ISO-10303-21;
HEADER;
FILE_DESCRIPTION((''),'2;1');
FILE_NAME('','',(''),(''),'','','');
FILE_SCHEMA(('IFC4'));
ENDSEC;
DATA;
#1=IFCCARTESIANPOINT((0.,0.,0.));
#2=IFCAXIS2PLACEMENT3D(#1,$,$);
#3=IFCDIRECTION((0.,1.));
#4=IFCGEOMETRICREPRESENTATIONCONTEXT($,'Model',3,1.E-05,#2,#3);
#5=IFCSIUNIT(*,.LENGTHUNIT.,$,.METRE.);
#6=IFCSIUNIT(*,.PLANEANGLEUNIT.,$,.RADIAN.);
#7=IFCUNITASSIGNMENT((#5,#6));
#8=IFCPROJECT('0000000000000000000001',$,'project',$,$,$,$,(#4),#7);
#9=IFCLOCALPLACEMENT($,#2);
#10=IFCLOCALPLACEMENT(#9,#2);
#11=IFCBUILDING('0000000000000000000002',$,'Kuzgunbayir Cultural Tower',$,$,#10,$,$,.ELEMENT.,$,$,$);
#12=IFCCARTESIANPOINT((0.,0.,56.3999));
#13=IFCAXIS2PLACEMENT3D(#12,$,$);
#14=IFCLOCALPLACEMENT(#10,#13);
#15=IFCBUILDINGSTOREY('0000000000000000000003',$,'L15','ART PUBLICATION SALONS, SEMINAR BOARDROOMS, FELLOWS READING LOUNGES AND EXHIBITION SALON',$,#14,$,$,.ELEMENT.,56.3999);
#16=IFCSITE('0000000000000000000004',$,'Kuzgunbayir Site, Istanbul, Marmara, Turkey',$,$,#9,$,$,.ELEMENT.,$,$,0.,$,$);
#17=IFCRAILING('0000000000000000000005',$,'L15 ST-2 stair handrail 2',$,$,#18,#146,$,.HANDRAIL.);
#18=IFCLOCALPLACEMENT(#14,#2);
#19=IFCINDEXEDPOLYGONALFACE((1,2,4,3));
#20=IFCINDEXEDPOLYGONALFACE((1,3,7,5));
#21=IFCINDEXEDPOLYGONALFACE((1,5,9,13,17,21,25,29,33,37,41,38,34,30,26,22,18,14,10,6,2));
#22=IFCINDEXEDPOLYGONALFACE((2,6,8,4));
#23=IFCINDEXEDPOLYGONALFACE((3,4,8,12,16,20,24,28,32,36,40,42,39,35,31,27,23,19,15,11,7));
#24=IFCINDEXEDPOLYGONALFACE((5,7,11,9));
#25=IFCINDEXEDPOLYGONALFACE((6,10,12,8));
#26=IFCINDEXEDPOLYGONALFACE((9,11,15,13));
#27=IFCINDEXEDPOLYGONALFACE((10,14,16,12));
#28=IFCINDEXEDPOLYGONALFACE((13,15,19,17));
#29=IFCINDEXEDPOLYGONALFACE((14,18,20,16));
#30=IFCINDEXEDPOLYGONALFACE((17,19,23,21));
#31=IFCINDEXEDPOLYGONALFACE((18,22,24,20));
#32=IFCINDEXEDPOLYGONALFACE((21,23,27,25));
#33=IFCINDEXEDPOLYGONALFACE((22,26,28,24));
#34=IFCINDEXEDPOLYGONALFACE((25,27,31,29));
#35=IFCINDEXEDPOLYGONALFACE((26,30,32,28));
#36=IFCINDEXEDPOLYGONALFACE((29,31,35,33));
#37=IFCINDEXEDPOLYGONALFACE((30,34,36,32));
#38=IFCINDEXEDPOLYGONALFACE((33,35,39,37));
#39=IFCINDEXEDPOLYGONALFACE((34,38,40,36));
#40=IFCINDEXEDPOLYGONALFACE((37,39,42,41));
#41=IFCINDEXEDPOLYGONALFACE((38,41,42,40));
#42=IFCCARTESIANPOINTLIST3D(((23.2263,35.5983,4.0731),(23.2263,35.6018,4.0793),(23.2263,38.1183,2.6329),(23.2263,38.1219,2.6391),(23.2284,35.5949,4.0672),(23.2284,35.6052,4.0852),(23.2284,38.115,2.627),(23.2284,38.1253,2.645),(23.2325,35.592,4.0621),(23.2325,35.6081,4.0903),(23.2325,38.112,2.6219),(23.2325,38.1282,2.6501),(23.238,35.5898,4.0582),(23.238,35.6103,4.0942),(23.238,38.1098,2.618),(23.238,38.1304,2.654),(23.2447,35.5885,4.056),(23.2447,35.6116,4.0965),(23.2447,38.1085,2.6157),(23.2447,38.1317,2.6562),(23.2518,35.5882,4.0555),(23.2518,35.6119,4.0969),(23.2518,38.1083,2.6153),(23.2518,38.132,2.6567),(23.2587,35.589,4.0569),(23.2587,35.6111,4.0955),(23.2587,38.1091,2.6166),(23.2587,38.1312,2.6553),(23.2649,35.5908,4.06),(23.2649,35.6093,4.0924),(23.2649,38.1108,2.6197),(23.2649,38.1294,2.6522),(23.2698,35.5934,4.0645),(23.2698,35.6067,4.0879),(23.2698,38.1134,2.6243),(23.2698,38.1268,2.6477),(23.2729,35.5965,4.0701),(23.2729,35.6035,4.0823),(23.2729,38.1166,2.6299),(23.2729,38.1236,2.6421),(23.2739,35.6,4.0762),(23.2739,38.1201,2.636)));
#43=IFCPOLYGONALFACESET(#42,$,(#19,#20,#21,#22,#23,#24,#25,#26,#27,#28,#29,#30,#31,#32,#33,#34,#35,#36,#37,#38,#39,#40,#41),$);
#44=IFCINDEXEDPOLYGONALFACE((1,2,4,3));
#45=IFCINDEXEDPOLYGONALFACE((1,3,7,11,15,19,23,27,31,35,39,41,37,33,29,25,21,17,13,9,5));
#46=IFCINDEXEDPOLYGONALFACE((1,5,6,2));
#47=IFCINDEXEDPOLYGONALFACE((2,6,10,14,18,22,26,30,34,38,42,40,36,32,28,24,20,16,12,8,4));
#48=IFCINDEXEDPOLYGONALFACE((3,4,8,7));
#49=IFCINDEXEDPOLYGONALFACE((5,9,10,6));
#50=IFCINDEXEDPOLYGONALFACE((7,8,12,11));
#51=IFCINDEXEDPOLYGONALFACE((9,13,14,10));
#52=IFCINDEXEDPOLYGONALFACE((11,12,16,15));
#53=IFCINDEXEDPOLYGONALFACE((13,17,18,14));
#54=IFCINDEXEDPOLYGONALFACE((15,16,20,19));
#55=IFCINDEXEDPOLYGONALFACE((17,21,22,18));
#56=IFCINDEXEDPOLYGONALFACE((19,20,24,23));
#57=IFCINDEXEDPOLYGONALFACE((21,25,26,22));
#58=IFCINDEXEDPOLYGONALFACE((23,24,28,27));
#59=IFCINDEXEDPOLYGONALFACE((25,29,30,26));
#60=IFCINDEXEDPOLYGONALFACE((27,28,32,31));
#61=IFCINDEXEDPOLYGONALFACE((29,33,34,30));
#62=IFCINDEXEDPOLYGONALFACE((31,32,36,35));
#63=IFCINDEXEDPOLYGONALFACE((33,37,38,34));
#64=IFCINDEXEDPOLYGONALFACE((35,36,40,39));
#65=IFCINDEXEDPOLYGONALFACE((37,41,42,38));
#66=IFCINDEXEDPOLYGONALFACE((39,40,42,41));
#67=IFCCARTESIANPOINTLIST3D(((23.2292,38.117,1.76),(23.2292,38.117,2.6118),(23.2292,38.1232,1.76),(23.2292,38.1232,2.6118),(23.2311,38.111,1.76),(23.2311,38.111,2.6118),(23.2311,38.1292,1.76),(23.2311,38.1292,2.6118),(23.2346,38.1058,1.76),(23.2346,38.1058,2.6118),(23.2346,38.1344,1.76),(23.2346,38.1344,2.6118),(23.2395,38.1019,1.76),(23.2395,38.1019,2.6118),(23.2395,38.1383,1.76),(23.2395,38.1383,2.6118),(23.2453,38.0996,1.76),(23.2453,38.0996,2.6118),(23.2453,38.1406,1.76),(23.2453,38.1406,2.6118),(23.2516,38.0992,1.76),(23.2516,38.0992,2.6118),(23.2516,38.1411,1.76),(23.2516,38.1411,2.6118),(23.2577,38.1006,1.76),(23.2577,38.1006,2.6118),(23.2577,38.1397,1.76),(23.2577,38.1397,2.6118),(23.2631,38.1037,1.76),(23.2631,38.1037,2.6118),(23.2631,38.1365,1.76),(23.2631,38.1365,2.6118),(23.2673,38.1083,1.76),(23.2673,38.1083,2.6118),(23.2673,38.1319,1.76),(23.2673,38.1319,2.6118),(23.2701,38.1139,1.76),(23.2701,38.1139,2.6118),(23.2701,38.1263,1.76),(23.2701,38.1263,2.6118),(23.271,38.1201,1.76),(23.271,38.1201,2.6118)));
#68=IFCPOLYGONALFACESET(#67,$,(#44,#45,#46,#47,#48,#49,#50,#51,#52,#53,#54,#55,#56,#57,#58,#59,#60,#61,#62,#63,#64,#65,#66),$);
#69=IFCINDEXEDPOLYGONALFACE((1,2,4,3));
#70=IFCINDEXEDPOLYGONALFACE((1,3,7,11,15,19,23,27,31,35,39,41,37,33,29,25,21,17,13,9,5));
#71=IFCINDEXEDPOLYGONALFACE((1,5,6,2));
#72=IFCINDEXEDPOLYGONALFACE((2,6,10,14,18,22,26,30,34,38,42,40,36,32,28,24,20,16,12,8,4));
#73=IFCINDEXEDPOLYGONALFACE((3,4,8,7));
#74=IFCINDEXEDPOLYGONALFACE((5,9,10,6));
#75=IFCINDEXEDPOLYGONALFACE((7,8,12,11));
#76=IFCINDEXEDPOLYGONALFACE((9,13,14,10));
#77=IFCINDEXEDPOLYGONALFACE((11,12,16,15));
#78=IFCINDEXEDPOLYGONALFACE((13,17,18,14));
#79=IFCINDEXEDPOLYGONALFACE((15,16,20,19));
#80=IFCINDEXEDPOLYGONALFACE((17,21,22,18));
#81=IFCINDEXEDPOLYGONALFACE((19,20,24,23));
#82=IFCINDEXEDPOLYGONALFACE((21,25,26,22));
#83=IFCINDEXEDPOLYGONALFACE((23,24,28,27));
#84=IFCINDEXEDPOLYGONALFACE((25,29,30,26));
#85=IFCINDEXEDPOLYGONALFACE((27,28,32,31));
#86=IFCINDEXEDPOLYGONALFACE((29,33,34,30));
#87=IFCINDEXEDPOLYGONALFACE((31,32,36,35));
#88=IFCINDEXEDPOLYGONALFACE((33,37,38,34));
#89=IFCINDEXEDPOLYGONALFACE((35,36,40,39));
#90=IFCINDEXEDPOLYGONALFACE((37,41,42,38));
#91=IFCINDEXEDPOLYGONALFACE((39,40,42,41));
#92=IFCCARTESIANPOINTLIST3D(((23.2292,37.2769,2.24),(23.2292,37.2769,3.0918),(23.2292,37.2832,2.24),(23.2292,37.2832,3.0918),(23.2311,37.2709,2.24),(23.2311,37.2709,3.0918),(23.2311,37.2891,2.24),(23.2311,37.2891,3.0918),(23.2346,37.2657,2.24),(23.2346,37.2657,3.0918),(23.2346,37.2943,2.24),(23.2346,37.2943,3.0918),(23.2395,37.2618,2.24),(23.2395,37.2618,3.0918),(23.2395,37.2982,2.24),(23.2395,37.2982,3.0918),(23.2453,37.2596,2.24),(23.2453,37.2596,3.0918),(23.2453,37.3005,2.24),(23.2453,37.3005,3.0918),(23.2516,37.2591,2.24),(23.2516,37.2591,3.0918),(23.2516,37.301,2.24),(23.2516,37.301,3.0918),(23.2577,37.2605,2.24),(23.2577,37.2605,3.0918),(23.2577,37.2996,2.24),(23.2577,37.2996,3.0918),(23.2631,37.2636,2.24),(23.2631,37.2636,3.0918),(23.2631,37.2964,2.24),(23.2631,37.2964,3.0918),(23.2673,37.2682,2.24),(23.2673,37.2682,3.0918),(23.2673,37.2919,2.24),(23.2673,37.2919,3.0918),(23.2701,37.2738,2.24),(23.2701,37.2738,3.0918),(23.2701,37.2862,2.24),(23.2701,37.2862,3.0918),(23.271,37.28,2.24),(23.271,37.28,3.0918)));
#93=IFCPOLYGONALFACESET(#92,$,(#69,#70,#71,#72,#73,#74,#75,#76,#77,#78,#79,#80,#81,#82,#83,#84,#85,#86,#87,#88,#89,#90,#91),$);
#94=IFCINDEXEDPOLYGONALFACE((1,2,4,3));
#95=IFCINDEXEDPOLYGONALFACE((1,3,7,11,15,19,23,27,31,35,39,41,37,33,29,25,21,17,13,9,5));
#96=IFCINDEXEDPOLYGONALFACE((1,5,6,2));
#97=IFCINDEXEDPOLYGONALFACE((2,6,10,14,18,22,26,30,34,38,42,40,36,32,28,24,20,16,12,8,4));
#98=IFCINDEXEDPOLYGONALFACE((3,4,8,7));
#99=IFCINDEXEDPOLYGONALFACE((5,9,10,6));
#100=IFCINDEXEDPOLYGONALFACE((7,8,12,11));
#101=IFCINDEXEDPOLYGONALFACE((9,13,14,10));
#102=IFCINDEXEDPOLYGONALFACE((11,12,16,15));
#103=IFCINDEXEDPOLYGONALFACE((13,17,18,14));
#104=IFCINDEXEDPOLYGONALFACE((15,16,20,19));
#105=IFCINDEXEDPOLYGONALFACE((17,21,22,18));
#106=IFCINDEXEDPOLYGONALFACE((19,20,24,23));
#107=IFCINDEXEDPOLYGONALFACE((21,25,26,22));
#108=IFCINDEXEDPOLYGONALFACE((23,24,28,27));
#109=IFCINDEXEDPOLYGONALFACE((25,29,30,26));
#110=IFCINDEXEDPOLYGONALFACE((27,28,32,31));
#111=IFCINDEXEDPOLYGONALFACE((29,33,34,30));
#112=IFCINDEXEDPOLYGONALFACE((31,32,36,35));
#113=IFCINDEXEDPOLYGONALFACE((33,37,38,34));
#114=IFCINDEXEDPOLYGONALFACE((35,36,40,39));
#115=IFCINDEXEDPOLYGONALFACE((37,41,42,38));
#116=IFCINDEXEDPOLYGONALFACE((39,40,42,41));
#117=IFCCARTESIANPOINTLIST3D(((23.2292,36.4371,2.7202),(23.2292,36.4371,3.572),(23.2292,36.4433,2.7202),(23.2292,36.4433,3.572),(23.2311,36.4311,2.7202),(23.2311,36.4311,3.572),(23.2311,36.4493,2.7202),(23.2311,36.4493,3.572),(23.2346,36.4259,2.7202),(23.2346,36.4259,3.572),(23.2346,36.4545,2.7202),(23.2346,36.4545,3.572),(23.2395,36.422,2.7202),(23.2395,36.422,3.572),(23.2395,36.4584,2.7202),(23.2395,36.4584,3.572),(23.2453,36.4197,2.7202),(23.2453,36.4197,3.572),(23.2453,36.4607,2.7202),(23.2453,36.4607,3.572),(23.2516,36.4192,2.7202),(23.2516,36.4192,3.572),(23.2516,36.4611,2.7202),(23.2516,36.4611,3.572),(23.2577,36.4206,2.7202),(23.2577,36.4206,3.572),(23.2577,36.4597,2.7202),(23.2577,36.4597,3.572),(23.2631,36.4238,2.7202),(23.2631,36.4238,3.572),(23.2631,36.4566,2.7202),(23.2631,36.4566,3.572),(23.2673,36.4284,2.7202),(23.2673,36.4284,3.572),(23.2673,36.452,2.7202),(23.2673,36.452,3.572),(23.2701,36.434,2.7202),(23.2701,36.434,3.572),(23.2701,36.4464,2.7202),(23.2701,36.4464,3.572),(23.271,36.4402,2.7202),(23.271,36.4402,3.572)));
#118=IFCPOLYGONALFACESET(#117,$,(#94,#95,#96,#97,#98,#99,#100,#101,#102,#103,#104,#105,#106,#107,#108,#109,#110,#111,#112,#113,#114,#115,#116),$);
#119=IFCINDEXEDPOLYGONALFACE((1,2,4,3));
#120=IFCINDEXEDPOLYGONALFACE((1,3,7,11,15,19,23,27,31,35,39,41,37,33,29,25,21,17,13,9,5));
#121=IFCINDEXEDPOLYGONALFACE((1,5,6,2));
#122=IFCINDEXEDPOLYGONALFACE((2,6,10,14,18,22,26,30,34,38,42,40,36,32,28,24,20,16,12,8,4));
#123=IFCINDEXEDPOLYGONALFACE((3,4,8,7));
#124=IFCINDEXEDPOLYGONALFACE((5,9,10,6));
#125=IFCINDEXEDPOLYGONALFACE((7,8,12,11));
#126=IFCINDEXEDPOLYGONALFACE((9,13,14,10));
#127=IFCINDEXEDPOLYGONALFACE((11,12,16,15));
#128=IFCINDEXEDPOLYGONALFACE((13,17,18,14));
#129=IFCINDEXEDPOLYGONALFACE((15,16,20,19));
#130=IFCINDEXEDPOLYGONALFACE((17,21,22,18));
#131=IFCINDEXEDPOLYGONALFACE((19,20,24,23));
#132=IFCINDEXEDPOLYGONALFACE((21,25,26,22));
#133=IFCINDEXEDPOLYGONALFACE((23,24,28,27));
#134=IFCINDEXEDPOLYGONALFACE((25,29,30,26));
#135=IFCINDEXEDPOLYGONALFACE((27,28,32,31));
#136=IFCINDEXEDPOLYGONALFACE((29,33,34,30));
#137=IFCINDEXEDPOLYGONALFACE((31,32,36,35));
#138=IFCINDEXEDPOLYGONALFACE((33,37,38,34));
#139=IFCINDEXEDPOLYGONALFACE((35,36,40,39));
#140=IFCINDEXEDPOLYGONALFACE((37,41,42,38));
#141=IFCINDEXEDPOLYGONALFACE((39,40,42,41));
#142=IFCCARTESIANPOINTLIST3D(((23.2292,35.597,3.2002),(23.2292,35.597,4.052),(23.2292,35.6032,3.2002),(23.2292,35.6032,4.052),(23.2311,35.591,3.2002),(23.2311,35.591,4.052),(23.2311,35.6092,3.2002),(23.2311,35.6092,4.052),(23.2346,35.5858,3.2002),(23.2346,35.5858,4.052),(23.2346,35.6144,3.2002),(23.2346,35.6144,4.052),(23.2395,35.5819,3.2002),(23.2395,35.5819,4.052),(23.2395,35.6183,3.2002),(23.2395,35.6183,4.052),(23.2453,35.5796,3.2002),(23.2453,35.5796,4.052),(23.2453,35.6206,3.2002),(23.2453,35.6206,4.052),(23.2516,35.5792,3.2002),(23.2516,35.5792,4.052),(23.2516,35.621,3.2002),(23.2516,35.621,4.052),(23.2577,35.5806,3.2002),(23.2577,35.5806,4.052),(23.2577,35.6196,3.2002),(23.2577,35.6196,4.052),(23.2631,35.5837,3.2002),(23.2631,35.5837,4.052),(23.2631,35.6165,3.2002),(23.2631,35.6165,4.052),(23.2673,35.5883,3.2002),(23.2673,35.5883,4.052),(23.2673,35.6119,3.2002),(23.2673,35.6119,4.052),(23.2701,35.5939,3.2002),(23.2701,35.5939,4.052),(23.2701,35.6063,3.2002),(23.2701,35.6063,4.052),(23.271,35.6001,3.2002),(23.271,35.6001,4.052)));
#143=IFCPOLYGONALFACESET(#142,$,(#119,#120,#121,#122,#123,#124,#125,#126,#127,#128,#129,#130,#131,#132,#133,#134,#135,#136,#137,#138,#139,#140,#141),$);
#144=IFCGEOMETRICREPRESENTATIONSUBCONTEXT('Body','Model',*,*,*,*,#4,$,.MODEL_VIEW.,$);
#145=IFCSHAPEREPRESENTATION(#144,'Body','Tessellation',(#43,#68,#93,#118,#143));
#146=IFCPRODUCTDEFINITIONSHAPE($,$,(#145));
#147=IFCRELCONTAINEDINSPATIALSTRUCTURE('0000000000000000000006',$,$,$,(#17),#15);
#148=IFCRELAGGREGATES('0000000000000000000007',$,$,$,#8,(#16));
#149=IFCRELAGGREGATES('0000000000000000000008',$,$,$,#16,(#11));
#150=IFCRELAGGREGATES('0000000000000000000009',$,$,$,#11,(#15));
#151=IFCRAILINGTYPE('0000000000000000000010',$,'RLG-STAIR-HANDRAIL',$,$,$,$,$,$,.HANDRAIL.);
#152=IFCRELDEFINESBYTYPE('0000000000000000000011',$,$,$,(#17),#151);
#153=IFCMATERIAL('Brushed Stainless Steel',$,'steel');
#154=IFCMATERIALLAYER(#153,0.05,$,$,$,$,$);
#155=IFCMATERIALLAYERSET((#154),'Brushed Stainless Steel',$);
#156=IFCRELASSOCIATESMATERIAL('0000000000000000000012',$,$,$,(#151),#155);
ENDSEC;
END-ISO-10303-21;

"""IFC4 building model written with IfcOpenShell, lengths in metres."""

from ifc_helpers import new_model, si_unit, direction, frame, origin, origin_2d, place, context, subcontext, project, spatial, circle, extrude, material, layer, layer_set, type_object, element, save


model = new_model("IFC4")

# Units and contexts
model_context = context("Model", 3, precision=1e-05, world=origin(), true_north=direction((0.0, 1.0)))
body_context = subcontext(model_context, "Body", "Model", "MODEL_VIEW")
ifc_project = project(units=[si_unit("LENGTHUNIT", "METRE"), si_unit("PLANEANGLEUNIT", "RADIAN")], contexts=[model_context])

# Site, building, storey
site_placement = place(None, origin())
site = spatial("IfcSite", under=ifc_project, at=site_placement, Name="Kuzgunbayir Site, Istanbul, Marmara, Turkey", CompositionType="ELEMENT", RefElevation=0.0)
building_placement = place(site_placement, origin())
building = spatial("IfcBuilding", under=site, at=building_placement, Name="Kuzgunbayir Cultural Tower", CompositionType="ELEMENT")
storey_placement = place(building_placement, frame((0.0, 0.0, 56.3999)))
storey = spatial("IfcBuildingStorey", under=building, at=storey_placement, Name="L15", Description="ART PUBLICATION SALONS, SEMINAR BOARDROOMS, FELLOWS READING LOUNGES AND EXHIBITION SALON", CompositionType="ELEMENT", Elevation=56.3999)

# Railing
ifc_material_1 = material(Name="Brushed Stainless Steel", Category="steel")
ifc_layer_1 = layer(ifc_material_1, 0.05)
ifc_layer_set_1 = layer_set([ifc_layer_1], Name="Brushed Stainless Steel")
railing_type_1 = type_object("IfcRailingType", Name="RLG-STAIR-HANDRAIL", PredefinedType="HANDRAIL", material=ifc_layer_set_1)
railing_1_placement = place(storey_placement, frame((23.25, 38.1201, 1.76)))
element("IfcRailing", 1, at=railing_1_placement, inside=storey, type_object=railing_type_1, Name="L15 ST-2 stair handrail 2", PredefinedType="HANDRAIL", context=body_context, shape_type="SweptSolid", body=[
    extrude(circle(Radius=0.0239, at=origin_2d()), frame((0.0, 0.0, 0.876), z_axis=(0.0, -0.868217, 0.496184), x_axis=(1.0, 0.0, 0.0)), (0.0, 0.0, 1.0), 2.9026),
    extrude(circle(Radius=0.021, at=origin_2d()), origin(), (0.0, 0.0, 1.0), 0.8518),
    extrude(circle(Radius=0.021, at=origin_2d()), frame((0.0, -0.8401, 0.48)), (0.0, 0.0, 1.0), 0.8518),
    extrude(circle(Radius=0.021, at=origin_2d()), frame((0.0, -1.6799, 0.9602)), (0.0, 0.0, 1.0), 0.8518),
    extrude(circle(Radius=0.021, at=origin_2d()), frame((0.0, -2.52, 1.4402)), (0.0, 0.0, 1.0), 0.8518),
])

save(model, "model.ifc")
